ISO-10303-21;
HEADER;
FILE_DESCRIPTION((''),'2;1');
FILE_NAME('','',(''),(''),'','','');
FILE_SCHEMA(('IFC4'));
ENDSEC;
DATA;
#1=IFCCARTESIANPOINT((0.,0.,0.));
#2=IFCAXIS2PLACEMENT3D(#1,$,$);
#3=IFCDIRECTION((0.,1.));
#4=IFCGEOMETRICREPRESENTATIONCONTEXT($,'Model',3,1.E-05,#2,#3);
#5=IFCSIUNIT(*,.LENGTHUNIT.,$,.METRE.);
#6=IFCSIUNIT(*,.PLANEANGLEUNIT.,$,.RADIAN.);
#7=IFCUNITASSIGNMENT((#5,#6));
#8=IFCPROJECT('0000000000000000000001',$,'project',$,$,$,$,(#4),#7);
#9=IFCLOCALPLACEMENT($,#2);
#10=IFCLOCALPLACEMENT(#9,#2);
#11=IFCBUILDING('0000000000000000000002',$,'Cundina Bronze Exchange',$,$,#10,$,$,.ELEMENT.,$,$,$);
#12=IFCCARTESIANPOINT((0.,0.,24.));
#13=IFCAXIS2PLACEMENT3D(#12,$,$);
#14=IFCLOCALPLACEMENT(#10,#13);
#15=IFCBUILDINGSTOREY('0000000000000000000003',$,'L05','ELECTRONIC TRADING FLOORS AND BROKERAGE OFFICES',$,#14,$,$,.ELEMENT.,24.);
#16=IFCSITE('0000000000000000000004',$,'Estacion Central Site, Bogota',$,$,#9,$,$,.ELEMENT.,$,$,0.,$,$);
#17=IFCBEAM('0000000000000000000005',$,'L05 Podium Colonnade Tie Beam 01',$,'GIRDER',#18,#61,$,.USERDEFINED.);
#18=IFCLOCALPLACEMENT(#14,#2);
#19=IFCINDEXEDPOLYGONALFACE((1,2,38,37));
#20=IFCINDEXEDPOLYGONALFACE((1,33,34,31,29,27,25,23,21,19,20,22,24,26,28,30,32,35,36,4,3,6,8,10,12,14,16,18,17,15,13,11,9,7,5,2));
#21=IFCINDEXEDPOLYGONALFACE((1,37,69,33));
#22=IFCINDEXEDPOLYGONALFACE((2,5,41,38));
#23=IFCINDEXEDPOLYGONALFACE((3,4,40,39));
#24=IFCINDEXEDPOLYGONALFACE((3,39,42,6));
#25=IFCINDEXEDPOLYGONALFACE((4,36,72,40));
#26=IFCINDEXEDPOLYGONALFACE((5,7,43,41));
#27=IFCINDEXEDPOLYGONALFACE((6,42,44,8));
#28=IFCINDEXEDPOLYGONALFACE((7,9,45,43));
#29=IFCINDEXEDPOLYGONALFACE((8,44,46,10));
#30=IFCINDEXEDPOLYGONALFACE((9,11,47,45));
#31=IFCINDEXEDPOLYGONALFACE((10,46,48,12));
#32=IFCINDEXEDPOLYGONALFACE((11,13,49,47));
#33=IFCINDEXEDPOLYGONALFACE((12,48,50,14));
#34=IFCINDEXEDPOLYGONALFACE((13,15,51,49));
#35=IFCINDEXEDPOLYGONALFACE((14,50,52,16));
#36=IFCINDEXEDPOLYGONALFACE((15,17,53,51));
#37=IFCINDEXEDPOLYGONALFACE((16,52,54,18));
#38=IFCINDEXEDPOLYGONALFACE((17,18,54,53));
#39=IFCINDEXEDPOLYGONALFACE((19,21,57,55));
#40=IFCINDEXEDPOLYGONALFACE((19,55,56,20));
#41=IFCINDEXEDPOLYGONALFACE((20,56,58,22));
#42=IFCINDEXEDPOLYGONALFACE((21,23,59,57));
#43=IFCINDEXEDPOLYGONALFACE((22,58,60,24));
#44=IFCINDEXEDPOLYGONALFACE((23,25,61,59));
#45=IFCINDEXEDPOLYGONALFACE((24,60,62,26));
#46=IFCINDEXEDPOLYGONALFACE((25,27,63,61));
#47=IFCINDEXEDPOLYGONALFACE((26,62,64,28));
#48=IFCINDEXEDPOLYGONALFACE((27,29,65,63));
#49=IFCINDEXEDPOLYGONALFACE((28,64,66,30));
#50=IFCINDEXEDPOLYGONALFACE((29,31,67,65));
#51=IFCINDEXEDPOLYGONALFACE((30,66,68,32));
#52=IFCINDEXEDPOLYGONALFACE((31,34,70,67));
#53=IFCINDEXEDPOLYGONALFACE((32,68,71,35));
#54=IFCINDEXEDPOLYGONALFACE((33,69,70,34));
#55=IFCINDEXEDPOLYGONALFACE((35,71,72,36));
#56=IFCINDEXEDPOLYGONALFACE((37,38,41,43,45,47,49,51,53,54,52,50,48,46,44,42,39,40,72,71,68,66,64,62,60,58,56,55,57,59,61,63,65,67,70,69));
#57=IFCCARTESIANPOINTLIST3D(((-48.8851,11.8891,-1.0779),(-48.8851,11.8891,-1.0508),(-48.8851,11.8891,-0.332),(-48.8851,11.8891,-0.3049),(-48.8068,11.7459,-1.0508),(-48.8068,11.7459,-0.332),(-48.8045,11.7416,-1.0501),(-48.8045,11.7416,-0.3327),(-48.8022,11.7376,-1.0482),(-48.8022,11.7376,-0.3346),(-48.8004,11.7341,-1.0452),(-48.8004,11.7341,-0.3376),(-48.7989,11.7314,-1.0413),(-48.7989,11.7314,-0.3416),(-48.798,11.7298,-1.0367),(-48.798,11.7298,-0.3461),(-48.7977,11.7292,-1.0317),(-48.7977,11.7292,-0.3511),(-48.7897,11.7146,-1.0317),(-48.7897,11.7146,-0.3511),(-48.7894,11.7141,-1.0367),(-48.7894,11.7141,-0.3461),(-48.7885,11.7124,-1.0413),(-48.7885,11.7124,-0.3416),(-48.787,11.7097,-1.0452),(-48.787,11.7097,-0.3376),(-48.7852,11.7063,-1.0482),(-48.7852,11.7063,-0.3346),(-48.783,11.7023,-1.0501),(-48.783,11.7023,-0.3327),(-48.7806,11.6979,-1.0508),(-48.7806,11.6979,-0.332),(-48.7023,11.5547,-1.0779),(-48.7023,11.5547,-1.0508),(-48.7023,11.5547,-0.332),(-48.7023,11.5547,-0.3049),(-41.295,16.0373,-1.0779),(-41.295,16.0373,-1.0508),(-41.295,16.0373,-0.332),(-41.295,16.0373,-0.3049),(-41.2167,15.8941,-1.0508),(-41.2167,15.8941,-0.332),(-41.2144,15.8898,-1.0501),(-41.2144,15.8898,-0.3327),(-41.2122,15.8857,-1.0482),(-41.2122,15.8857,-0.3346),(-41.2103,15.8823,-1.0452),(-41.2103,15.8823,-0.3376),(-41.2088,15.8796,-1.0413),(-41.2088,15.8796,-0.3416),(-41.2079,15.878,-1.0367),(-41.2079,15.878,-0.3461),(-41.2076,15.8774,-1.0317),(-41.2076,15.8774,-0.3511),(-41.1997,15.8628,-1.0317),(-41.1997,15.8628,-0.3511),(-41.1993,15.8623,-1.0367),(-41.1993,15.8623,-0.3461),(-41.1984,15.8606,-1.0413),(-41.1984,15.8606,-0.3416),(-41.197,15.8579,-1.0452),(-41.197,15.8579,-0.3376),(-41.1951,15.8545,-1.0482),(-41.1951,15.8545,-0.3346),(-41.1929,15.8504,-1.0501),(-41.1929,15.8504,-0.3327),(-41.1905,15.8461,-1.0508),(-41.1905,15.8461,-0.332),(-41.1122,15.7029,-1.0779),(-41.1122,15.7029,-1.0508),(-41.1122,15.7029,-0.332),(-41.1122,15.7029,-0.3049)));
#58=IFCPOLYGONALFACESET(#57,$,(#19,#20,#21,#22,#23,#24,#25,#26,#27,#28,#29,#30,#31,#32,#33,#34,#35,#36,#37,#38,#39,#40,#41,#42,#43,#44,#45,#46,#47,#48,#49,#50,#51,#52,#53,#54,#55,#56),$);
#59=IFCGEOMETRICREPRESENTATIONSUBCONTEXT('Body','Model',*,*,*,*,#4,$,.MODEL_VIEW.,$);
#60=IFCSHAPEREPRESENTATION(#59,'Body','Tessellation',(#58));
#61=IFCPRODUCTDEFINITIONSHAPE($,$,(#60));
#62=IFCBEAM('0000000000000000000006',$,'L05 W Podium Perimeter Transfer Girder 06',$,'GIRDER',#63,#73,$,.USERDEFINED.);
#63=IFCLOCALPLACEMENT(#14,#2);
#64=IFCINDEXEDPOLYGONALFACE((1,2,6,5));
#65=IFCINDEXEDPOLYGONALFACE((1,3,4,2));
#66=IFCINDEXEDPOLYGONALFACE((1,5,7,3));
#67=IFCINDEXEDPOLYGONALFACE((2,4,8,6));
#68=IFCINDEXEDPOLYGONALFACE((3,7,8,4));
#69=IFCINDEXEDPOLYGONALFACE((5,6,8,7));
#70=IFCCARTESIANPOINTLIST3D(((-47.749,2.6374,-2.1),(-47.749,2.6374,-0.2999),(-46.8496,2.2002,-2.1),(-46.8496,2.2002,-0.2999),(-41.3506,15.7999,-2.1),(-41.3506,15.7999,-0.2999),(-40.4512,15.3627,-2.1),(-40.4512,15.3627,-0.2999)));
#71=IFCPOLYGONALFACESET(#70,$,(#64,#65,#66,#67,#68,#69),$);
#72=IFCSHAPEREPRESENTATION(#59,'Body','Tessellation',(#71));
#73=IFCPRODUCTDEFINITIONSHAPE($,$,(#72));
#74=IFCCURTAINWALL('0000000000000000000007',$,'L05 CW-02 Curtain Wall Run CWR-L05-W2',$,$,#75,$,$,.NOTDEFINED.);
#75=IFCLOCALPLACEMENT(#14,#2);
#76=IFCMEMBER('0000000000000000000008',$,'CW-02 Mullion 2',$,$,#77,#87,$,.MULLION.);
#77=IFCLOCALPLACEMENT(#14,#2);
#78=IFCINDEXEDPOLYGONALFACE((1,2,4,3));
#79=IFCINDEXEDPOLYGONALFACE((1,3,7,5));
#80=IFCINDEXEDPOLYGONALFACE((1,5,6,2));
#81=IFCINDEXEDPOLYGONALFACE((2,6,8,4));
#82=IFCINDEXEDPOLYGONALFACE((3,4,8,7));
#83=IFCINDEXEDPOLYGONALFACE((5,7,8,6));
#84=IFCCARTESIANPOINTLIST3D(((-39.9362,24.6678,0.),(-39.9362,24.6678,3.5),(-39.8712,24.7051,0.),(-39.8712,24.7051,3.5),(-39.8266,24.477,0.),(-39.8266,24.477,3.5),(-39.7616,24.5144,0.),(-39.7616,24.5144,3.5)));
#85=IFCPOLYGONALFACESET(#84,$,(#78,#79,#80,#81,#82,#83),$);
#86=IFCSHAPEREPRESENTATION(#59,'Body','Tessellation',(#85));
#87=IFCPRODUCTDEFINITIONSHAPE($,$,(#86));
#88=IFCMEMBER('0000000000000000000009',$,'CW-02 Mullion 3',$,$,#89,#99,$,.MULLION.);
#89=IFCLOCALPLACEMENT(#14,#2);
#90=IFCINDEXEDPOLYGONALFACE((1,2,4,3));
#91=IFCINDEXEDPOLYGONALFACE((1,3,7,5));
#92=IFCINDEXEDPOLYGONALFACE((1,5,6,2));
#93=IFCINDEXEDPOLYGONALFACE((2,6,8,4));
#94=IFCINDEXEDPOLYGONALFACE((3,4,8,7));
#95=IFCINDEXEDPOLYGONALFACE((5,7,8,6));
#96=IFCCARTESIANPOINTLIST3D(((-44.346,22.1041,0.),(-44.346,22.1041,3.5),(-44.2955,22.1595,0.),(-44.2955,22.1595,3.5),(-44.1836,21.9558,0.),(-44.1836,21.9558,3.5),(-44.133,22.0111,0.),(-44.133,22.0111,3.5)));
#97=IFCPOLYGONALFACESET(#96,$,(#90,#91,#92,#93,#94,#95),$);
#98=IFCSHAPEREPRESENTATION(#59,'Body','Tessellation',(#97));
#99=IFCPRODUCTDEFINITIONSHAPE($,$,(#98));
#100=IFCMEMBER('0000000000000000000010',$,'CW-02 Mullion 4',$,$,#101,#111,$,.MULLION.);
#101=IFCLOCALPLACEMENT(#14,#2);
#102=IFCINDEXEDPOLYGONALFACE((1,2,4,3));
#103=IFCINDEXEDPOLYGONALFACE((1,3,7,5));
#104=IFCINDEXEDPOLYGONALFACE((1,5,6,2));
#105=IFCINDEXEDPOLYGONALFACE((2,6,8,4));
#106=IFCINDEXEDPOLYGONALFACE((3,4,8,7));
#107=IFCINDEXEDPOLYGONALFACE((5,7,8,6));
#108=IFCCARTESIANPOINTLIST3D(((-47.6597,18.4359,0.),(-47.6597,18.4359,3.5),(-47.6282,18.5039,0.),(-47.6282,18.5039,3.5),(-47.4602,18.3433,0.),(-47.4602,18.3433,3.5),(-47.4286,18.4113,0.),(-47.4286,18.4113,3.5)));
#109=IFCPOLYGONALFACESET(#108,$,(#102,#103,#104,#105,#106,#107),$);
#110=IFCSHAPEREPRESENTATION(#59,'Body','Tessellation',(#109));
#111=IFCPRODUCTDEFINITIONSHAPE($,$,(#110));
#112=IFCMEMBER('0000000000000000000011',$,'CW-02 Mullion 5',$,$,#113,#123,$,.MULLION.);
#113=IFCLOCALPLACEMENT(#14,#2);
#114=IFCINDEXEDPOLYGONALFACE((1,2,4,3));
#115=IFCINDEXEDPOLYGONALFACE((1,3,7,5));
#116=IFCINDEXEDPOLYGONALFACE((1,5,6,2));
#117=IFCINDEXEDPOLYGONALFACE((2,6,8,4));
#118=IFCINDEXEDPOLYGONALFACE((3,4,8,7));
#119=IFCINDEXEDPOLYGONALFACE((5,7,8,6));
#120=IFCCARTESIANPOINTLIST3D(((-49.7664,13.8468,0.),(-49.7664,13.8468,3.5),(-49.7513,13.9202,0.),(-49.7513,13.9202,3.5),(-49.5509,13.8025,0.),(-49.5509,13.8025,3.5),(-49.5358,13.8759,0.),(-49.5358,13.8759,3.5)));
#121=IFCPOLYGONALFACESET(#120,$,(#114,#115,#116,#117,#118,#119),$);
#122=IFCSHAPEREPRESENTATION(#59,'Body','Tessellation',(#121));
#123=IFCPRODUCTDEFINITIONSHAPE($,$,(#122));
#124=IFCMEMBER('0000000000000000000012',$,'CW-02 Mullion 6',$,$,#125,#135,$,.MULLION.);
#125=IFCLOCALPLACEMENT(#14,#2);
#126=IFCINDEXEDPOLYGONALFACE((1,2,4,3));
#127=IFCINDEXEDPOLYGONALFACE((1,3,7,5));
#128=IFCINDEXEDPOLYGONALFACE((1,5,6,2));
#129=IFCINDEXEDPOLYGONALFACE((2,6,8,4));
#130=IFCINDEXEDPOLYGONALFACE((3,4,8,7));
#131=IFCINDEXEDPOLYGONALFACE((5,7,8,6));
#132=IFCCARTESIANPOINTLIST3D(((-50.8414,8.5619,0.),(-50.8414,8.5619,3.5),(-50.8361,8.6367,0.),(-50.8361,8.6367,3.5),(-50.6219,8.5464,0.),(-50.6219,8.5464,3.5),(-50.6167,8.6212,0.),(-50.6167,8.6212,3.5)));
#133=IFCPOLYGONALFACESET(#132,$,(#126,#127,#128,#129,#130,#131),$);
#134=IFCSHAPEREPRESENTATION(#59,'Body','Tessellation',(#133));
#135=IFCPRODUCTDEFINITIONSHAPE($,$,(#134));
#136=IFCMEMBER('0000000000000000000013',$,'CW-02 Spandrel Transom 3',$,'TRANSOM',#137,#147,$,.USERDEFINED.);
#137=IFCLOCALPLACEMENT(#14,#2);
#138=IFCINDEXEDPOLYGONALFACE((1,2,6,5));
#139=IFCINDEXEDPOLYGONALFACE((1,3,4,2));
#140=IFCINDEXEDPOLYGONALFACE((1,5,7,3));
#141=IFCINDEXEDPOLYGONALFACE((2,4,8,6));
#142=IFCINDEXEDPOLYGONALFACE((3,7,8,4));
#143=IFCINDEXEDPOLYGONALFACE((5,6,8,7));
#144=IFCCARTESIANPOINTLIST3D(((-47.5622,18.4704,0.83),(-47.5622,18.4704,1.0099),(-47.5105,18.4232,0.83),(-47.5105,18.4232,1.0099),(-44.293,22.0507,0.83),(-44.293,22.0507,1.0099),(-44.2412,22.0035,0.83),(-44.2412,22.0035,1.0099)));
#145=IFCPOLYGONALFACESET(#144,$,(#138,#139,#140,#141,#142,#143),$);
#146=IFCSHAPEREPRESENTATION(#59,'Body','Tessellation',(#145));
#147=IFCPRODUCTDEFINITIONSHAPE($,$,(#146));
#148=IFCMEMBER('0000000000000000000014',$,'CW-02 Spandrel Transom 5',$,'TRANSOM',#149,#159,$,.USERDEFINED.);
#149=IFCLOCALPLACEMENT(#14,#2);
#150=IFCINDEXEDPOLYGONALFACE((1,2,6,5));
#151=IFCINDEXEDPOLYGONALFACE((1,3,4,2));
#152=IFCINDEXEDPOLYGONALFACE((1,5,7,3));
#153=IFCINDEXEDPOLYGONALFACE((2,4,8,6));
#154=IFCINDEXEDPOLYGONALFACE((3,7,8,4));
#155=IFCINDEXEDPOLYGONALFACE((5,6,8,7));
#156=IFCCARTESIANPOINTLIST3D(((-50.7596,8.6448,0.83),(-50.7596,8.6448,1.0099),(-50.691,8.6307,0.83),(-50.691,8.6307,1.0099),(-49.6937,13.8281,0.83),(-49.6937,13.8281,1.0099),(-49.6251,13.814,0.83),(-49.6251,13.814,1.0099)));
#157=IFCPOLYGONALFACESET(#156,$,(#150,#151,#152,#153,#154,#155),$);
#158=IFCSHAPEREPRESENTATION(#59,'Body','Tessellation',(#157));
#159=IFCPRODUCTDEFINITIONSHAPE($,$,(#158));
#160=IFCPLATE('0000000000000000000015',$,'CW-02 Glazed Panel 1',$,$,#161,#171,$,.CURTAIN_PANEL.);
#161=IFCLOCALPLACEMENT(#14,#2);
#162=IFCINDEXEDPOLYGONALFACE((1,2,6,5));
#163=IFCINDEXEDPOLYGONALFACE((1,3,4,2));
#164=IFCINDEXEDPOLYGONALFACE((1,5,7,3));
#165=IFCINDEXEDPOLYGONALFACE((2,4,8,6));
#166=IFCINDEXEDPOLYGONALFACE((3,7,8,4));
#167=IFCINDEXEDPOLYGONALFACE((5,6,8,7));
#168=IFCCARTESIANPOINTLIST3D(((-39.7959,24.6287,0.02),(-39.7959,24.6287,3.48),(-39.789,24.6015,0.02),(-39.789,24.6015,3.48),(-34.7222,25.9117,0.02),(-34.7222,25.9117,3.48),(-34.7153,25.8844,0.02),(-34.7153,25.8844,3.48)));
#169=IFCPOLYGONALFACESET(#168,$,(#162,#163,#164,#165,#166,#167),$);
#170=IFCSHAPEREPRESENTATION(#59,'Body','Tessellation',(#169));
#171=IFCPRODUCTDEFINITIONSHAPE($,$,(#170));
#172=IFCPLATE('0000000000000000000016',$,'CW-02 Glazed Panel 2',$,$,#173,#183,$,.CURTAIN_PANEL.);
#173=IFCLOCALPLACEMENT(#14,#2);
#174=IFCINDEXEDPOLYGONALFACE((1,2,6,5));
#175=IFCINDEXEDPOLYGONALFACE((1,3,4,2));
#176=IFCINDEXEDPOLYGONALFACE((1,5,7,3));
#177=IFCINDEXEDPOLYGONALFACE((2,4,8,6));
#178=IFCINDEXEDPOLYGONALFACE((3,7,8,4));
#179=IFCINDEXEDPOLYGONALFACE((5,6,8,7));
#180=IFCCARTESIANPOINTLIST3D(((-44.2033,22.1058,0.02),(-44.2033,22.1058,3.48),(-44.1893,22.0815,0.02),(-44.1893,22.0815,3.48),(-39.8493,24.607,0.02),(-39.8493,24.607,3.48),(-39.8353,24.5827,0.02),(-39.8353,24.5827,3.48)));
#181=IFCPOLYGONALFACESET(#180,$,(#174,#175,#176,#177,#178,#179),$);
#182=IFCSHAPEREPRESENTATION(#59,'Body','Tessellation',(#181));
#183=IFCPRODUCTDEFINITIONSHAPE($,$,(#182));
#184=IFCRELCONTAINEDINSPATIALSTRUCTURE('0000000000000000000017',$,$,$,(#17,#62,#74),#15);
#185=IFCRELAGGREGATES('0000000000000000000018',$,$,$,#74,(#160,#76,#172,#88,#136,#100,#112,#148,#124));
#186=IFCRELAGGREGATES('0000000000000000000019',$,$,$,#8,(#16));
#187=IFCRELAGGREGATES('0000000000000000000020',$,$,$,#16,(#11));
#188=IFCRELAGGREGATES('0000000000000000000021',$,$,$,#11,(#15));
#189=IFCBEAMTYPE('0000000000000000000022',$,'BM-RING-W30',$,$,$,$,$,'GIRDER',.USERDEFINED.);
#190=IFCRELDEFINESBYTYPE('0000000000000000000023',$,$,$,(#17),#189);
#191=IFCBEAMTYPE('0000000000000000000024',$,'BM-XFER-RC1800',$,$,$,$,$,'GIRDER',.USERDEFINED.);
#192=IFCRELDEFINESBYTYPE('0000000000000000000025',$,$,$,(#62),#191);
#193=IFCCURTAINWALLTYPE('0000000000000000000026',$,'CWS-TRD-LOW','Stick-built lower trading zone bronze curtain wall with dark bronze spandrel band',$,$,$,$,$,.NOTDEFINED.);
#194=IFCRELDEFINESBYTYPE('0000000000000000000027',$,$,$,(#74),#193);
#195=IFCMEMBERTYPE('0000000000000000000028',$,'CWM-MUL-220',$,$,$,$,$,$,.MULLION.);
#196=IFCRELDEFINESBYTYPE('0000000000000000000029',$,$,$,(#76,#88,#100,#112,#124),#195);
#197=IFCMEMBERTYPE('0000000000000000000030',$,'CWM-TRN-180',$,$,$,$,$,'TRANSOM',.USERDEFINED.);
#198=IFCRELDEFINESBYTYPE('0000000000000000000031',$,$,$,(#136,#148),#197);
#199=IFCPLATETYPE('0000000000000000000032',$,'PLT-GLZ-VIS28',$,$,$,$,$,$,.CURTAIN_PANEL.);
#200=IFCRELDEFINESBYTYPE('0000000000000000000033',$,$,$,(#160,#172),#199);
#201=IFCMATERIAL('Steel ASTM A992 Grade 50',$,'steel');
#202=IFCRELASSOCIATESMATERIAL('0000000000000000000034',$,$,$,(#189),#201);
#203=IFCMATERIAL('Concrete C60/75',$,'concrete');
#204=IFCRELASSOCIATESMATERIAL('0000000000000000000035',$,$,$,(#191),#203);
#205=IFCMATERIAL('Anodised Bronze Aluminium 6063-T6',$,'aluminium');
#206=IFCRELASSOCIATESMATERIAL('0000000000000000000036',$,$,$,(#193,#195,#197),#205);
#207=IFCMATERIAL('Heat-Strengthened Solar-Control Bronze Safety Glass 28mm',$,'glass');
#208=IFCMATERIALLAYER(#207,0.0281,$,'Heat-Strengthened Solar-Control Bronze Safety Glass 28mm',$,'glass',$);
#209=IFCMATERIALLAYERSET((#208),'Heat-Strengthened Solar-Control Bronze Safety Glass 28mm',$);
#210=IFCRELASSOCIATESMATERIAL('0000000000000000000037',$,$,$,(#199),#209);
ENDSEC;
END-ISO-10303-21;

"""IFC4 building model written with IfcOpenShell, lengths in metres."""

from ifc_helpers import new_model, si_unit, direction, frame, origin, origin_2d, place, context, subcontext, project, spatial, rectangle, i_section, extrude, material, layer, layer_set, material_profile, profile_set, type_object, element, aggregate, save


model = new_model("IFC4")

# Units and contexts
model_context = context("Model", 3, precision=1e-05, world=origin(), true_north=direction((0.0, 1.0)))
body_context = subcontext(model_context, "Body", "Model", "MODEL_VIEW")
ifc_project = project(units=[si_unit("LENGTHUNIT", "METRE"), si_unit("PLANEANGLEUNIT", "RADIAN")], contexts=[model_context])

# Site, building, storey
site_placement = place(None, origin())
site = spatial("IfcSite", under=ifc_project, at=site_placement, Name="Estacion Central Site, Bogota", CompositionType="ELEMENT", RefElevation=0.0)
building_placement = place(site_placement, origin())
building = spatial("IfcBuilding", under=site, at=building_placement, Name="Cundina Bronze Exchange", CompositionType="ELEMENT")
storey_placement = place(building_placement, frame((0.0, 0.0, 24.0)))
storey = spatial("IfcBuildingStorey", under=building, at=storey_placement, Name="L05", Description="ELECTRONIC TRADING FLOORS AND BROKERAGE OFFICES", CompositionType="ELEMENT", Elevation=24.0)

# Shared definitions
ifc_material_1 = material(Name="Concrete C60/75", Category="concrete")

# Beams
ifc_material_2 = material(Name="Steel ASTM A992 Grade 50", Category="steel")
ifc_material_profile_1 = material_profile(ifc_material_2, i_section(OverallWidth=0.3811, OverallDepth=0.7729, WebThickness=0.0166, FlangeThickness=0.0271, FilletRadius=0.019, at=origin_2d()), Name="W30X173", Category="steel")
ifc_profile_set_1 = profile_set([ifc_material_profile_1], Name="Steel ASTM A992 Grade 50")
beam_type_1 = type_object("IfcBeamType", Name="BM-RING-W30", ElementType="GIRDER", PredefinedType="USERDEFINED", material=ifc_profile_set_1)
beam_1_placement = place(storey_placement, frame((-48.7937, 11.7219, -0.6914), z_axis=(0.877499, 0.479578, 0.0), x_axis=(-0.479578, 0.877499, 0.0)))
element("IfcBeam", 1, at=beam_1_placement, inside=storey, type_object=beam_type_1, Name="L05 Podium Colonnade Tie Beam 01", ObjectType="GIRDER", PredefinedType="USERDEFINED", context=body_context, shape_type="SweptSolid", body=[
    extrude(i_section(OverallWidth=0.3811, OverallDepth=0.7729, WebThickness=0.0166, FlangeThickness=0.0271, FilletRadius=0.019, at=origin_2d()), origin(), (0.0, 0.0, 1.0), 8.6497),
])
ifc_material_profile_2 = material_profile(ifc_material_1, rectangle(XDim=1.0, YDim=1.8, at=origin_2d()), Name="RC1000X1800", Category="concrete")
ifc_profile_set_2 = profile_set([ifc_material_profile_2], Name="Concrete C60/75")
beam_type_2 = type_object("IfcBeamType", Name="BM-XFER-RC1800", ElementType="GIRDER", PredefinedType="USERDEFINED", material=ifc_profile_set_2)
beam_2_placement = place(storey_placement, frame((-40.9009, 15.5813, -1.2), z_axis=(-0.43719, -0.899369, 0.0), x_axis=(0.899369, -0.43719, 0.0)))
element("IfcBeam", 2, at=beam_2_placement, inside=storey, type_object=beam_type_2, Name="L05 W Podium Perimeter Transfer Girder 06", ObjectType="GIRDER", PredefinedType="USERDEFINED", context=body_context, shape_type="SweptSolid", body=[
    extrude(rectangle(XDim=1.0, YDim=1.8, at=origin_2d()), origin(), (0.0, 0.0, 1.0), 14.6353),
])

# Curtain wall, members, plates
ifc_material_3 = material(Name="Anodised Bronze Aluminium 6063-T6", Category="aluminium")
curtain_wall_type = type_object("IfcCurtainWallType", Name="CWS-TRD-LOW", Description="Stick-built lower trading zone bronze curtain wall with dark bronze spandrel band", PredefinedType="NOTDEFINED", material=ifc_material_3)
curtain_wall_placement = place(storey_placement, origin())
curtain_wall = element("IfcCurtainWall", 3, at=curtain_wall_placement, inside=storey, type_object=curtain_wall_type, Name="L05 CW-02 Curtain Wall Run CWR-L05-W2", PredefinedType="NOTDEFINED")
ifc_material_profile_3 = material_profile(ifc_material_3, rectangle(XDim=0.075, YDim=0.22, at=origin_2d()), Name="AL75X220", Category="aluminium")
ifc_profile_set_3 = profile_set([ifc_material_profile_3], Name="Anodised Bronze Aluminium 6063-T6")
member_type_1 = type_object("IfcMemberType", Name="CWM-MUL-220", PredefinedType="MULLION", material=ifc_profile_set_3)
member_1_placement = place(storey_placement, frame((-39.8489, 24.5911, 0.0), z_axis=(0.0, 0.0, 1.0), x_axis=(-0.867071, -0.498185, 0.0)))
member_1 = element("IfcMember", 4, at=member_1_placement, type_object=member_type_1, Name="CW-02 Mullion 2", PredefinedType="MULLION", context=body_context, shape_type="SweptSolid", body=[
    extrude(rectangle(XDim=0.075, YDim=0.22, at=origin_2d()), origin(), (0.0, 0.0, 1.0), 3.5),
])
member_2_placement = place(storey_placement, frame((-44.2395, 22.0576, 0.0), z_axis=(0.0, 0.0, 1.0), x_axis=(-0.674302, -0.738455, 0.0)))
member_2 = element("IfcMember", 5, at=member_2_placement, type_object=member_type_1, Name="CW-02 Mullion 3", PredefinedType="MULLION", context=body_context, shape_type="SweptSolid", body=[
    extrude(rectangle(XDim=0.075, YDim=0.22, at=origin_2d()), origin(), (0.0, 0.0, 1.0), 3.5),
])
member_3_placement = place(storey_placement, frame((-47.5442, 18.4236, 0.0), z_axis=(0.0, 0.0, 1.0), x_axis=(-0.420877, -0.907117, 0.0)))
member_3 = element("IfcMember", 6, at=member_3_placement, type_object=member_type_1, Name="CW-02 Mullion 4", PredefinedType="MULLION", context=body_context, shape_type="SweptSolid", body=[
    extrude(rectangle(XDim=0.075, YDim=0.22, at=origin_2d()), origin(), (0.0, 0.0, 1.0), 3.5),
])
member_4_placement = place(storey_placement, frame((-49.6511, 13.8613, 0.0), z_axis=(0.0, 0.0, 1.0), x_axis=(-0.20142, -0.979505, 0.0)))
member_4 = element("IfcMember", 7, at=member_4_placement, type_object=member_type_1, Name="CW-02 Mullion 5", PredefinedType="MULLION", context=body_context, shape_type="SweptSolid", body=[
    extrude(rectangle(XDim=0.075, YDim=0.22, at=origin_2d()), origin(), (0.0, 0.0, 1.0), 3.5),
])
member_5_placement = place(storey_placement, frame((-50.729, 8.5916, 0.0), z_axis=(0.0, 0.0, 1.0), x_axis=(-0.070279, -0.997527, 0.0)))
member_5 = element("IfcMember", 8, at=member_5_placement, type_object=member_type_1, Name="CW-02 Mullion 6", PredefinedType="MULLION", context=body_context, shape_type="SweptSolid", body=[
    extrude(rectangle(XDim=0.075, YDim=0.22, at=origin_2d()), origin(), (0.0, 0.0, 1.0), 3.5),
])
ifc_material_profile_4 = material_profile(ifc_material_3, rectangle(XDim=0.0701, YDim=0.1799, at=origin_2d()), Name="AL70X180", Category="aluminium")
ifc_profile_set_4 = profile_set([ifc_material_profile_4], Name="Anodised Bronze Aluminium 6063-T6")
member_type_2 = type_object("IfcMemberType", Name="CWM-TRN-180", ElementType="TRANSOM", PredefinedType="USERDEFINED", material=ifc_profile_set_4)
member_6_placement = place(storey_placement, frame((-44.2671, 22.0271, 0.9199), z_axis=(-0.674303, -0.738455, 0.0), x_axis=(0.738455, -0.674303, 0.0)))
member_6 = element("IfcMember", 9, at=member_6_placement, type_object=member_type_2, Name="CW-02 Spandrel Transom 3", ObjectType="TRANSOM", PredefinedType="USERDEFINED", context=body_context, shape_type="SweptSolid", body=[
    extrude(rectangle(XDim=0.0701, YDim=0.1799, at=origin_2d()), origin(), (0.0, 0.0, 1.0), 4.8484),
])
member_7_placement = place(storey_placement, frame((-49.6594, 13.821, 0.9199), z_axis=(-0.201428, -0.979503, 0.0), x_axis=(0.979503, -0.201428, 0.0)))
member_7 = element("IfcMember", 10, at=member_7_placement, type_object=member_type_2, Name="CW-02 Spandrel Transom 5", ObjectType="TRANSOM", PredefinedType="USERDEFINED", context=body_context, shape_type="SweptSolid", body=[
    extrude(rectangle(XDim=0.0701, YDim=0.1799, at=origin_2d()), origin(), (0.0, 0.0, 1.0), 5.2917),
])
ifc_material_4 = material(Name="Heat-Strengthened Solar-Control Bronze Safety Glass 28mm", Category="glass")
ifc_layer_1 = layer(ifc_material_4, 0.0281, Name="Heat-Strengthened Solar-Control Bronze Safety Glass 28mm", Category="glass")
ifc_layer_set_1 = layer_set([ifc_layer_1], Name="Heat-Strengthened Solar-Control Bronze Safety Glass 28mm")
plate_type_1 = type_object("IfcPlateType", Name="PLT-GLZ-VIS28", PredefinedType="CURTAIN_PANEL", material=ifc_layer_set_1)
plate_1_placement = place(storey_placement, frame((-37.2556, 25.2566, 0.02), z_axis=(0.0, 0.0, 1.0), x_axis=(-0.969488, -0.245138, 0.0)))
plate_1 = element("IfcPlate", 11, at=plate_1_placement, type_object=plate_type_1, Name="CW-02 Glazed Panel 1", PredefinedType="CURTAIN_PANEL", context=body_context, shape_type="SweptSolid", body=[
    extrude(rectangle(XDim=5.2334, YDim=0.0281, at=origin_2d()), origin(), (0.0, 0.0, 1.0), 3.46),
])
plate_2_placement = place(storey_placement, frame((-42.0193, 23.3442, 0.02), z_axis=(0.0, 0.0, 1.0), x_axis=(-0.867105, -0.498125, 0.0)))
plate_2 = element("IfcPlate", 12, at=plate_2_placement, type_object=plate_type_1, Name="CW-02 Glazed Panel 2", PredefinedType="CURTAIN_PANEL", context=body_context, shape_type="SweptSolid", body=[
    extrude(rectangle(XDim=5.0212, YDim=0.0281, at=origin_2d()), origin(), (0.0, 0.0, 1.0), 3.46),
])
aggregate(curtain_wall, [plate_1, member_1, plate_2, member_2, member_6, member_3, member_4, member_7, member_5])

save(model, "model.ifc")
